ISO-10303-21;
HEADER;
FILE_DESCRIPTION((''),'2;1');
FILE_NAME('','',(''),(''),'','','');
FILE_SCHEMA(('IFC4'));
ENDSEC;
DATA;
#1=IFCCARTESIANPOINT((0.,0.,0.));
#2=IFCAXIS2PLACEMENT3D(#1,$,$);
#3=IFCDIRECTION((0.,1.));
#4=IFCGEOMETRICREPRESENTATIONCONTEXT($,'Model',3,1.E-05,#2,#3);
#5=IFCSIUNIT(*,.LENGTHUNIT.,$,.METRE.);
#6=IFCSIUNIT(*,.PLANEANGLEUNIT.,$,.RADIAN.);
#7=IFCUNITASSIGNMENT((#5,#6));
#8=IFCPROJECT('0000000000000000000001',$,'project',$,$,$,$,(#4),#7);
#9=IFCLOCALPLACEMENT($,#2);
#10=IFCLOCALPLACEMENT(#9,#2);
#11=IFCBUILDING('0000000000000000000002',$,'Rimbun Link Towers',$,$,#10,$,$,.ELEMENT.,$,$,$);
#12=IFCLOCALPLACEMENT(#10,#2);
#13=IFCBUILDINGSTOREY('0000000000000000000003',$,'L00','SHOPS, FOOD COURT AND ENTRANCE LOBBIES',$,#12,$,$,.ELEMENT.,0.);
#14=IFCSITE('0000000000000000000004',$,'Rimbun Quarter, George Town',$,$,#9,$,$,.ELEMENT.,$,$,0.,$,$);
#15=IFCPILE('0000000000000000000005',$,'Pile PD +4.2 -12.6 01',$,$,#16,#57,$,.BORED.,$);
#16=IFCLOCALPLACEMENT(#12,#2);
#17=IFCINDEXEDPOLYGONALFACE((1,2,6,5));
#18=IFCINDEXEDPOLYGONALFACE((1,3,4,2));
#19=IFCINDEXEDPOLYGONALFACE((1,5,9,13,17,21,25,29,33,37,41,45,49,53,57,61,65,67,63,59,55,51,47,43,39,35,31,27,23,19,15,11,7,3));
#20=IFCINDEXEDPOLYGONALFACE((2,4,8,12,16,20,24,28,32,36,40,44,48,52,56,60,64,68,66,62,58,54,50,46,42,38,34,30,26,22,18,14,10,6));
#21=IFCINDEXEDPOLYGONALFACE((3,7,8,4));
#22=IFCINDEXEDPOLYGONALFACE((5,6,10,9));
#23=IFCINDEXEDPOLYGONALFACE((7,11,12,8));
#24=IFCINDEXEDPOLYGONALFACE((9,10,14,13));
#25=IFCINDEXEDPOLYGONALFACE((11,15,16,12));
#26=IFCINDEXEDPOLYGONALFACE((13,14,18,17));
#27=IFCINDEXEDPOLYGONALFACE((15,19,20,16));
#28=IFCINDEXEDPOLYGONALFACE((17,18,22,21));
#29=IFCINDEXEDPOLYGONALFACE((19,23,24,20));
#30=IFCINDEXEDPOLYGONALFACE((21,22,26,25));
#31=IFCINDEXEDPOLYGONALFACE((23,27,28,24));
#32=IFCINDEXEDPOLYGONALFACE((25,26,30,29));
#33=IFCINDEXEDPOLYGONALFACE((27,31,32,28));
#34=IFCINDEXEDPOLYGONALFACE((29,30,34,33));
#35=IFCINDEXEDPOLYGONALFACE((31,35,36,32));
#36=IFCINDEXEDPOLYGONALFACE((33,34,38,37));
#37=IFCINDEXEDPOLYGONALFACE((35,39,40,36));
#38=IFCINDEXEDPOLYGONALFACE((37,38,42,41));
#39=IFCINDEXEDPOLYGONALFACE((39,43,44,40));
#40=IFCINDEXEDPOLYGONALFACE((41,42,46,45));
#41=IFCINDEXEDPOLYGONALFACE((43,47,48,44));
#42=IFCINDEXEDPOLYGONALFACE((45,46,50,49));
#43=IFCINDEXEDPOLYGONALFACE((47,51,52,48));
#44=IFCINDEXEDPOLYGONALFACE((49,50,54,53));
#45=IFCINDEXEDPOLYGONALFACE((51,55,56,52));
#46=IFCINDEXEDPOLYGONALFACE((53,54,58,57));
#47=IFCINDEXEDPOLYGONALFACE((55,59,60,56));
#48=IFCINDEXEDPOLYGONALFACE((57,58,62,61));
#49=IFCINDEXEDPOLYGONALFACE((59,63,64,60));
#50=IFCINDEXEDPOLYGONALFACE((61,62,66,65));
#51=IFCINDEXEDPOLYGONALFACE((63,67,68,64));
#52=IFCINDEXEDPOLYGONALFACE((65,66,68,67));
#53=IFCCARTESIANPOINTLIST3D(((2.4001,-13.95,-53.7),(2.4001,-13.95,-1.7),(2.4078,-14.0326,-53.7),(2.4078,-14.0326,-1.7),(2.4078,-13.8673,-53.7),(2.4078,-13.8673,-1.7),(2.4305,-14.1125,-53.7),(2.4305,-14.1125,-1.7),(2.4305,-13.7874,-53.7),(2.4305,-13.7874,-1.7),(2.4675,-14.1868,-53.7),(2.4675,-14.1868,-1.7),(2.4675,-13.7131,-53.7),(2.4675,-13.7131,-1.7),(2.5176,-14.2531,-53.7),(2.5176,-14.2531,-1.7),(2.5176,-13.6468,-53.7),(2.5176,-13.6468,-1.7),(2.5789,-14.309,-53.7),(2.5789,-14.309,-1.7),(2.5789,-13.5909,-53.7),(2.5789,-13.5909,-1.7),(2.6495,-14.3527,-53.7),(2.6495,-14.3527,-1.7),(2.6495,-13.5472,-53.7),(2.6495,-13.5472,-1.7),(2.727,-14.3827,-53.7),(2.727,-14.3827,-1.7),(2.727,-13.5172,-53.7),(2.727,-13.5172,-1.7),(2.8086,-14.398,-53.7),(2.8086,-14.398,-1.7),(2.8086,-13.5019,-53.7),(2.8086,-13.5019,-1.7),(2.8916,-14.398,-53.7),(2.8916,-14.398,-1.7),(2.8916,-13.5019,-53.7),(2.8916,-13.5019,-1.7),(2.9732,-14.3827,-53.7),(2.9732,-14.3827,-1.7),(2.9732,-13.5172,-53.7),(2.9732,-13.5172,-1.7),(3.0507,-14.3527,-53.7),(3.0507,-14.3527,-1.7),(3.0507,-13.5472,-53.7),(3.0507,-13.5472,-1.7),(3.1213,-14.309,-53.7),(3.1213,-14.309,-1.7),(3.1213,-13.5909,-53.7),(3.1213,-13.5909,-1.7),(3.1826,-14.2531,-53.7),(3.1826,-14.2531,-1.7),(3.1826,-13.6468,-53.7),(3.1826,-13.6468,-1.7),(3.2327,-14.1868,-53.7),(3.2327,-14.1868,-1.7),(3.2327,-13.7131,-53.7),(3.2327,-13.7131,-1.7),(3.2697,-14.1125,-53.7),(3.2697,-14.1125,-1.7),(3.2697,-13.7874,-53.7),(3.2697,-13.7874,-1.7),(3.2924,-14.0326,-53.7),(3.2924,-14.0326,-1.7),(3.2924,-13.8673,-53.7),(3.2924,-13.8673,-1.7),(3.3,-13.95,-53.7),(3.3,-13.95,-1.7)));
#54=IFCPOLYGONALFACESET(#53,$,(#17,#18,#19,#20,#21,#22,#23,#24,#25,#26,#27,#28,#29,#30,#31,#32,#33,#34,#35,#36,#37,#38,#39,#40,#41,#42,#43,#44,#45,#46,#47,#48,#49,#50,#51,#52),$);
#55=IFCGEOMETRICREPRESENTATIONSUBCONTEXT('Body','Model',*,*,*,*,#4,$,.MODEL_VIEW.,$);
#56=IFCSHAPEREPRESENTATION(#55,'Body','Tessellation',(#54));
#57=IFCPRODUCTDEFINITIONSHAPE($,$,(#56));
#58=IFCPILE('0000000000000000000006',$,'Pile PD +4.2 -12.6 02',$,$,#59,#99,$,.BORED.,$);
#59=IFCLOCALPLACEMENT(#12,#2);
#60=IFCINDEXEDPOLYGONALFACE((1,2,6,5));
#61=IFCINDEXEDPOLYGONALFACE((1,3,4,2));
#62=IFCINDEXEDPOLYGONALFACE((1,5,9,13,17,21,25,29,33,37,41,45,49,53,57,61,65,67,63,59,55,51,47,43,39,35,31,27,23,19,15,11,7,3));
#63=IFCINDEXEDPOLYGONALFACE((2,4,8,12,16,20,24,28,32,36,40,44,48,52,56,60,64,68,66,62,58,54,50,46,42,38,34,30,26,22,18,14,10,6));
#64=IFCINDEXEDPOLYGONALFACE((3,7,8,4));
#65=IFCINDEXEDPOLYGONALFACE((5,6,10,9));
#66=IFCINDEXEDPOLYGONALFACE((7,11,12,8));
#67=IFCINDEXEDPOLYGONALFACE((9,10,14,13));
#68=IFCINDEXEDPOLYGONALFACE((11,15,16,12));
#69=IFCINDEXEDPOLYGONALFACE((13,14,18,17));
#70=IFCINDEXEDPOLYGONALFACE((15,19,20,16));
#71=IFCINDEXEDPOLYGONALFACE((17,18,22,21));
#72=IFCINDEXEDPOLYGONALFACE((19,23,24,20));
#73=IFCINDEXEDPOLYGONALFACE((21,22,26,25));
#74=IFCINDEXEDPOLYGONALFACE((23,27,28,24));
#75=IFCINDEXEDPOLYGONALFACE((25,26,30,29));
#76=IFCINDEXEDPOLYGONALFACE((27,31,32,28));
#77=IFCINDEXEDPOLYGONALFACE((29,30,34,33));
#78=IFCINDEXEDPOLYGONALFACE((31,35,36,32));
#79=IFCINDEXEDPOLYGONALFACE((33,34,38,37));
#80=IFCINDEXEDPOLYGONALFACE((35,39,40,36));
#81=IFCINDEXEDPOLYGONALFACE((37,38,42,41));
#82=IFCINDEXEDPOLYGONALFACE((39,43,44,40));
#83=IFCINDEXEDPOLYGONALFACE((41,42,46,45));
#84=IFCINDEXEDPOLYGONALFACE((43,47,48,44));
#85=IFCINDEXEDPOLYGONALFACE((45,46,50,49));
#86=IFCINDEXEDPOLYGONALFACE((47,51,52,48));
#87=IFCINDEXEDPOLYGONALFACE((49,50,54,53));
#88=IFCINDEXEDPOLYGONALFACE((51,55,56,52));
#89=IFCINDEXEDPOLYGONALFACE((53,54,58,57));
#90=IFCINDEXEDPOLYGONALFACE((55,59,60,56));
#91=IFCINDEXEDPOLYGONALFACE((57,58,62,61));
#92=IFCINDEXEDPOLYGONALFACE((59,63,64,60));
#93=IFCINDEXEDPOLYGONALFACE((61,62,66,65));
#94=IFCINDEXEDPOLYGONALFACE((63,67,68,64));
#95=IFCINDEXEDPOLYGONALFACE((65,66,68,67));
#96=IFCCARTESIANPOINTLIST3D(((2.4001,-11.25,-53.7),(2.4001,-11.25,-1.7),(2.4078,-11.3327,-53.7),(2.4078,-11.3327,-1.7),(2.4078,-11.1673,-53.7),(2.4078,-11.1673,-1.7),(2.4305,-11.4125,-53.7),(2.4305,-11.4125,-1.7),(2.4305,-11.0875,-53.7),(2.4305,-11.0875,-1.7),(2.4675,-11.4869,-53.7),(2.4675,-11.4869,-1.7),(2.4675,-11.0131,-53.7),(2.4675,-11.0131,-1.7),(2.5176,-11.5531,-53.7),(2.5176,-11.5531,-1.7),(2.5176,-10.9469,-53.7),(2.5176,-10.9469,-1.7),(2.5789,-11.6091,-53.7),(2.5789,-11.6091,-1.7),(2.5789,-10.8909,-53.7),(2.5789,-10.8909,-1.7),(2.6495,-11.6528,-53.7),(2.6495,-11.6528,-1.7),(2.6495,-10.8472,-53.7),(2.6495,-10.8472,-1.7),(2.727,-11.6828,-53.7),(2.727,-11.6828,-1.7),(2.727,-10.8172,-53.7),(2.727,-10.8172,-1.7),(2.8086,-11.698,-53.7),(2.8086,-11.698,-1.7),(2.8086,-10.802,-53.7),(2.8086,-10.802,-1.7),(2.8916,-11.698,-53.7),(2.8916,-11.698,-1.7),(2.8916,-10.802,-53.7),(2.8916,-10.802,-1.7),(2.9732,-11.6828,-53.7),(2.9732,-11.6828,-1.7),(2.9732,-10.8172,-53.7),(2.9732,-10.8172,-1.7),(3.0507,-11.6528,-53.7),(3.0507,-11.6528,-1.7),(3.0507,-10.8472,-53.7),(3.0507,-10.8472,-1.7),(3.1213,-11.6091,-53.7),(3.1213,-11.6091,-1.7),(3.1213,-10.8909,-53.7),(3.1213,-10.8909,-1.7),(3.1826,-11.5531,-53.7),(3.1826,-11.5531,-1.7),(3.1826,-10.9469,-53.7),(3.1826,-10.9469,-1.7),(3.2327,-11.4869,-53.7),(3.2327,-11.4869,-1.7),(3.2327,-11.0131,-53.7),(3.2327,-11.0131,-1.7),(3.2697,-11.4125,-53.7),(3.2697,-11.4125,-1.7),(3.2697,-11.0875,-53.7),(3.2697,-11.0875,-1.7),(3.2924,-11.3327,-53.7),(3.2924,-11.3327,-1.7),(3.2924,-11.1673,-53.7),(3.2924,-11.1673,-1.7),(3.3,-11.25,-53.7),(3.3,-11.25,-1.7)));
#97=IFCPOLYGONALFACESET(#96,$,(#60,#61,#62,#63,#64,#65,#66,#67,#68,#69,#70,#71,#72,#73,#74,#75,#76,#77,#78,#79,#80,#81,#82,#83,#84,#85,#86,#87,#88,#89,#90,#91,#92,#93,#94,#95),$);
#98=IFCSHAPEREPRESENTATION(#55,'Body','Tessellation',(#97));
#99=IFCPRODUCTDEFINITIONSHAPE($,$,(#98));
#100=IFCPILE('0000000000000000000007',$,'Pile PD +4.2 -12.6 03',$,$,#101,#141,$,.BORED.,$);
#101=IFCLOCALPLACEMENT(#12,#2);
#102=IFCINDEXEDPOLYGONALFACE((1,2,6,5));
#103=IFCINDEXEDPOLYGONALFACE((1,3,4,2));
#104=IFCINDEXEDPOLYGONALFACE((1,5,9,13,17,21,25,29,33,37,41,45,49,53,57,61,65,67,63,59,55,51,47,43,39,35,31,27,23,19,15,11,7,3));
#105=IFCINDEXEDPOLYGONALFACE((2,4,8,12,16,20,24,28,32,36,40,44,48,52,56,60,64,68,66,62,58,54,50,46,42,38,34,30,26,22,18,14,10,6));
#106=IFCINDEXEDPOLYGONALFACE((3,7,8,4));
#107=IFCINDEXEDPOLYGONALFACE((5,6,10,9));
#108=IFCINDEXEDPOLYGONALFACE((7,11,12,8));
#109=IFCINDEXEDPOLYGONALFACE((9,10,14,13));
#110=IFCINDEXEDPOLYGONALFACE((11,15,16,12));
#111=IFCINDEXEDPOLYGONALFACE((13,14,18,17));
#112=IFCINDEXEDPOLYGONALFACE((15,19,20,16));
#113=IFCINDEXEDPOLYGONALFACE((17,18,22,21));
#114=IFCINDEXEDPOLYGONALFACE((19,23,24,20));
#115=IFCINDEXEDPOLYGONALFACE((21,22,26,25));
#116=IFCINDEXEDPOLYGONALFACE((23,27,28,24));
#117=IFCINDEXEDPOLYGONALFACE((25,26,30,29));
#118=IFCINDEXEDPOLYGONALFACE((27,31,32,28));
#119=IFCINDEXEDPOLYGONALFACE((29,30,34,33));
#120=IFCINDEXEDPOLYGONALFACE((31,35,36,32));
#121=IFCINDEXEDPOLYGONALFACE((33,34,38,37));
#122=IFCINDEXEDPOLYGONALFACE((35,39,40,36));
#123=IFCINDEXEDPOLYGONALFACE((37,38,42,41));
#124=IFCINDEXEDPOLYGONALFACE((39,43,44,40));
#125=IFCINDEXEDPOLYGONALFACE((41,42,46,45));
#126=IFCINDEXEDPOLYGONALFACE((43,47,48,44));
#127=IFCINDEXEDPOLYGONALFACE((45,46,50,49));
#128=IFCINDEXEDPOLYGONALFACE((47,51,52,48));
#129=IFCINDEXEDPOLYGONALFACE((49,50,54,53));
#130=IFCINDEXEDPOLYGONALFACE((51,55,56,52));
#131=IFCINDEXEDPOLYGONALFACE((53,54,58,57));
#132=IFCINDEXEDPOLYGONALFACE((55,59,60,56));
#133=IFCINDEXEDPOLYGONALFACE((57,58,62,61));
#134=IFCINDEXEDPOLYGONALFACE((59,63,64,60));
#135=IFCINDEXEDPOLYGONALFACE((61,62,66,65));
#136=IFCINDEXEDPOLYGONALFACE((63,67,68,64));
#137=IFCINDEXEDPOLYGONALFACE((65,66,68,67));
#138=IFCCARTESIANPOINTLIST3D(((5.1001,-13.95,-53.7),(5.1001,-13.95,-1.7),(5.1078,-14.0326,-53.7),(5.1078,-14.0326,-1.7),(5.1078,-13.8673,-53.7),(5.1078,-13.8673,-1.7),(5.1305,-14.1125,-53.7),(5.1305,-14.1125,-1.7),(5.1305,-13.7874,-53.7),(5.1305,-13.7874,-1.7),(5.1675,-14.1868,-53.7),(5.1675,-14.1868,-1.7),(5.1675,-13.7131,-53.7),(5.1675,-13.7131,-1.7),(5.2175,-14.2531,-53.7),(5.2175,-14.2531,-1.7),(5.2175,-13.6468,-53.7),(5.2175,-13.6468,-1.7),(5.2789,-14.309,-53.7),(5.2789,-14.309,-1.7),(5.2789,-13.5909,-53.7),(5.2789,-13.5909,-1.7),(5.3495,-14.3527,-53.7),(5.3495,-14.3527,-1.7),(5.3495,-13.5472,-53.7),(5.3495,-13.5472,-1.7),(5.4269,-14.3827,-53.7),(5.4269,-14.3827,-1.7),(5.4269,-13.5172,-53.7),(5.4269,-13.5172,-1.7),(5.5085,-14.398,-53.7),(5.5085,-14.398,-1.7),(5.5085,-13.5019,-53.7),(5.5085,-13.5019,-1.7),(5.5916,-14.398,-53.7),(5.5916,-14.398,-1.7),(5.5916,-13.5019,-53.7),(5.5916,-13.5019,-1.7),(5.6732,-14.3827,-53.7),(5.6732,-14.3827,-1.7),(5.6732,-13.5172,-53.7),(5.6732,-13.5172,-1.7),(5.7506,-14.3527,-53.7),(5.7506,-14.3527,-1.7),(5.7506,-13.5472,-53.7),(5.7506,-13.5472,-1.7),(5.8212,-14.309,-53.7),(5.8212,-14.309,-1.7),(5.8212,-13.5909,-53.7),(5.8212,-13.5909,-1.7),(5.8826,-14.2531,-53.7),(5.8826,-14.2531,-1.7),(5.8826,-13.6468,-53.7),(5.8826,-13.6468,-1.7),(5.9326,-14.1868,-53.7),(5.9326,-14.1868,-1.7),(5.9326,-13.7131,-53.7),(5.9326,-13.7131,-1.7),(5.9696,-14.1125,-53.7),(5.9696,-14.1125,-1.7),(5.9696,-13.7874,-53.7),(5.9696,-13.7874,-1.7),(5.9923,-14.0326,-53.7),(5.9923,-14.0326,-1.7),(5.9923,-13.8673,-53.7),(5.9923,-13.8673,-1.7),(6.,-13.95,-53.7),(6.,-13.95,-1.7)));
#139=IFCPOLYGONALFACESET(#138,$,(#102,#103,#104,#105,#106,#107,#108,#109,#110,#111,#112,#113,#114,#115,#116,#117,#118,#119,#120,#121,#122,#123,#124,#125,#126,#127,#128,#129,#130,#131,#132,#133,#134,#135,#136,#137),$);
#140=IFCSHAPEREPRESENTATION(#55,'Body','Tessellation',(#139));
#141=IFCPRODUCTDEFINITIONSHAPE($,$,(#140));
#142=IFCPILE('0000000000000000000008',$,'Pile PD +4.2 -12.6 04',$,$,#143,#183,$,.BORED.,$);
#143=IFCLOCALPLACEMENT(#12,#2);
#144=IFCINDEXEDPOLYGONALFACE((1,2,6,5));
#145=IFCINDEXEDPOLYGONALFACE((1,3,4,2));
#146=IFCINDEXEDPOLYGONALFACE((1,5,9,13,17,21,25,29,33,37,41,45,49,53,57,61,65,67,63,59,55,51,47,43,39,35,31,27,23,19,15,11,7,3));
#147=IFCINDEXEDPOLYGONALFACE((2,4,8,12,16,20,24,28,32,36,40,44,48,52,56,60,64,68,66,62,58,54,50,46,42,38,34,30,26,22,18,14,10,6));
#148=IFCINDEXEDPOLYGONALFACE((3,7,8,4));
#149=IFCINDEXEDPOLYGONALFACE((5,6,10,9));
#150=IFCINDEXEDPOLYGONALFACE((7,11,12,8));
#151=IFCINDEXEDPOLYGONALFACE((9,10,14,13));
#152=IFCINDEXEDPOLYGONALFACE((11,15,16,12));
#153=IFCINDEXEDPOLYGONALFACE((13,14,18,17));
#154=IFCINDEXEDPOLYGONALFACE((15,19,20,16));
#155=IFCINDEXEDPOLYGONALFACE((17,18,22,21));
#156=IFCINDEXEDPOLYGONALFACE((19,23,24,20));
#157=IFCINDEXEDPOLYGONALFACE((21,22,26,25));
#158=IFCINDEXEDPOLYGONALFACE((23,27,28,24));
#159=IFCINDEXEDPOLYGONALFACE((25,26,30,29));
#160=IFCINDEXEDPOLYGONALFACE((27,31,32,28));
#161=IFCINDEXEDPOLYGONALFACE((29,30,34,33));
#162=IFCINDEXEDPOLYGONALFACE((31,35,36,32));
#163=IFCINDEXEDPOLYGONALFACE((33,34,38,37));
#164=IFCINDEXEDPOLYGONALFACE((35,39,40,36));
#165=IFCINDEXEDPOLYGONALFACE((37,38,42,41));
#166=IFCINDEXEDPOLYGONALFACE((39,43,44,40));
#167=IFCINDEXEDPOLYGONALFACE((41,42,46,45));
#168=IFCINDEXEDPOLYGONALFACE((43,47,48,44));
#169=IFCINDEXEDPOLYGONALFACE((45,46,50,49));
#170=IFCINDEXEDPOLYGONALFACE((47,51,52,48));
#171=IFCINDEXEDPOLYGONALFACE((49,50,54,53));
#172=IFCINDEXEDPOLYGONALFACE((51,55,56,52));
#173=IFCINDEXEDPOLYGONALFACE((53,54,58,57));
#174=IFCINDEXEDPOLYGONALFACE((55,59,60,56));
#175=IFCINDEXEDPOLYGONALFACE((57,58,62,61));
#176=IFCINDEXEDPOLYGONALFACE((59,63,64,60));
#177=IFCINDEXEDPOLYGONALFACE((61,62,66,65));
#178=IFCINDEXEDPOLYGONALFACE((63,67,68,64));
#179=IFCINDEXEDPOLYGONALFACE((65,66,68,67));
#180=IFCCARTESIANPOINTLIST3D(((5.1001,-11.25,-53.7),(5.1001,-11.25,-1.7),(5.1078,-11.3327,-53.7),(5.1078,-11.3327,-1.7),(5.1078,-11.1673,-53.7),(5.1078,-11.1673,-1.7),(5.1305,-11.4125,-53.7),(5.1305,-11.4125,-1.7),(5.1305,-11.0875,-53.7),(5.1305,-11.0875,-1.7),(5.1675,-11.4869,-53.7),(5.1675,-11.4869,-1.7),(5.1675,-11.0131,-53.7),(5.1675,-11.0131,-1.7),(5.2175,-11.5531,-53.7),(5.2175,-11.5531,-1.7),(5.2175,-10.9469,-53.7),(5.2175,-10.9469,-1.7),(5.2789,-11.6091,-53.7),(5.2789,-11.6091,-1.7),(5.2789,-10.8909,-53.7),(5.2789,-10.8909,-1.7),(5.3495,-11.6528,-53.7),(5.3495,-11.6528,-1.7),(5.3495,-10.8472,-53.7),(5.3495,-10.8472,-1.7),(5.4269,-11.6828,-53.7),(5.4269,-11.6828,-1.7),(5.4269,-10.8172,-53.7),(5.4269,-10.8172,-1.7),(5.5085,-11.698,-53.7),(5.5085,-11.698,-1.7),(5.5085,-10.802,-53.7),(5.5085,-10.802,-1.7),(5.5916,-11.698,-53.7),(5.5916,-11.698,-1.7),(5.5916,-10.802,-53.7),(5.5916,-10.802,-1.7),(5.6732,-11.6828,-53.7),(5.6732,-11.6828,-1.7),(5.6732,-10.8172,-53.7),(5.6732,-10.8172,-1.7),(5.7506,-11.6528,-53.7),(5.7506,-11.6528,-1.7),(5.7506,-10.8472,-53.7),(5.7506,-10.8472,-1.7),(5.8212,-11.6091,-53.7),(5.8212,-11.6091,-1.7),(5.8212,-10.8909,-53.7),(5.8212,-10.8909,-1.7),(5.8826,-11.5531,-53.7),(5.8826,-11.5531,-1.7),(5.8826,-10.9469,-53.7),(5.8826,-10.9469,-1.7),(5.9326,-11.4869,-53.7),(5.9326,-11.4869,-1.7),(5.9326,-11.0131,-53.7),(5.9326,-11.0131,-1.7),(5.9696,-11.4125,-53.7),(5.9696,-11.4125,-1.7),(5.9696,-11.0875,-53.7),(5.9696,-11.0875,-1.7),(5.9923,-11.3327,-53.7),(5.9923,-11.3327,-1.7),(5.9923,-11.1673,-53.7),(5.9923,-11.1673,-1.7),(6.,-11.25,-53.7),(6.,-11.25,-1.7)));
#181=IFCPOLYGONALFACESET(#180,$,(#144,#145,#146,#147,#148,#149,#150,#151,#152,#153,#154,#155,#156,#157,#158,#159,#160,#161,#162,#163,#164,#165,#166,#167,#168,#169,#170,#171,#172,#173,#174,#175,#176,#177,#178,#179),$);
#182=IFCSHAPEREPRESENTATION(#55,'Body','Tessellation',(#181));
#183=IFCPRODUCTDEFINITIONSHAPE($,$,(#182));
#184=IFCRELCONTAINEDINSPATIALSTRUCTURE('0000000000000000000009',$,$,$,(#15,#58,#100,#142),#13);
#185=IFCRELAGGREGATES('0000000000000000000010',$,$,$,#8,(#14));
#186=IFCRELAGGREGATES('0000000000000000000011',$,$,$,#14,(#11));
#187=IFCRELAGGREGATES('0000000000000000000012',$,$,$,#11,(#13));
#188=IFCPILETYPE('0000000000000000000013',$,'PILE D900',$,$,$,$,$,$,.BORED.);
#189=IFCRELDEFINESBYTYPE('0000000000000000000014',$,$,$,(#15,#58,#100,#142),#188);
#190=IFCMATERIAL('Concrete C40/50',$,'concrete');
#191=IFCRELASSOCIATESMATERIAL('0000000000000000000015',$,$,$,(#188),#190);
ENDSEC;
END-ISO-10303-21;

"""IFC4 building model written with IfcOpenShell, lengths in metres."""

from ifc_helpers import new_model, si_unit, direction, frame, origin, origin_2d, place, context, subcontext, project, spatial, circle, extrude, material, material_profile, profile_set, type_object, element, save


model = new_model("IFC4")

# Units and contexts
model_context = context("Model", 3, precision=1e-05, world=origin(), true_north=direction((0.0, 1.0)))
body_context = subcontext(model_context, "Body", "Model", "MODEL_VIEW")
ifc_project = project(units=[si_unit("LENGTHUNIT", "METRE"), si_unit("PLANEANGLEUNIT", "RADIAN")], contexts=[model_context])

# Site, building, storey
site_placement = place(None, origin())
site = spatial("IfcSite", under=ifc_project, at=site_placement, Name="Rimbun Quarter, George Town", CompositionType="ELEMENT", RefElevation=0.0)
building_placement = place(site_placement, origin())
building = spatial("IfcBuilding", under=site, at=building_placement, Name="Rimbun Link Towers", CompositionType="ELEMENT")
storey_placement = place(building_placement, origin())
storey = spatial("IfcBuildingStorey", under=building, at=storey_placement, Name="L00", Description="SHOPS, FOOD COURT AND ENTRANCE LOBBIES", CompositionType="ELEMENT", Elevation=0.0)

# Piles
ifc_material_1 = material(Name="Concrete C40/50", Category="concrete")
ifc_material_profile_1 = material_profile(ifc_material_1, circle(Radius=0.45, at=origin_2d()), Name="PILE D900")
ifc_profile_set_1 = profile_set([ifc_material_profile_1], Name="Concrete C40/50")
pile_type_1 = type_object("IfcPileType", Name="PILE D900", PredefinedType="BORED", material=ifc_profile_set_1)
for number, where, z_axis, x_axis, name in (
    (1, (2.8501, -13.95, -1.7), (0.0, 0.0, -1.0), (1.0, 0.0, 0.0), "Pile PD +4.2 -12.6 01"),
    (2, (2.8501, -11.25, -1.7), (0.0, 0.0, -1.0), (1.0, 0.0, 0.0), "Pile PD +4.2 -12.6 02"),
    (3, (5.55, -13.95, -1.7), (0.0, 0.0, -1.0), (1.0, 0.0, 0.0), "Pile PD +4.2 -12.6 03"),
    (4, (5.55, -11.25, -1.7), (0.0, 0.0, -1.0), (1.0, 0.0, 0.0), "Pile PD +4.2 -12.6 04"),
):
    element("IfcPile", number, at=place(storey_placement, frame(where, z_axis=z_axis, x_axis=x_axis)), inside=storey, type_object=pile_type_1, Name=name, PredefinedType="BORED", context=body_context, shape_type="SweptSolid", body=[
        extrude(circle(Radius=0.45, at=origin_2d()), origin(), (0.0, 0.0, 1.0), 52.0),
    ])

save(model, "model.ifc")
